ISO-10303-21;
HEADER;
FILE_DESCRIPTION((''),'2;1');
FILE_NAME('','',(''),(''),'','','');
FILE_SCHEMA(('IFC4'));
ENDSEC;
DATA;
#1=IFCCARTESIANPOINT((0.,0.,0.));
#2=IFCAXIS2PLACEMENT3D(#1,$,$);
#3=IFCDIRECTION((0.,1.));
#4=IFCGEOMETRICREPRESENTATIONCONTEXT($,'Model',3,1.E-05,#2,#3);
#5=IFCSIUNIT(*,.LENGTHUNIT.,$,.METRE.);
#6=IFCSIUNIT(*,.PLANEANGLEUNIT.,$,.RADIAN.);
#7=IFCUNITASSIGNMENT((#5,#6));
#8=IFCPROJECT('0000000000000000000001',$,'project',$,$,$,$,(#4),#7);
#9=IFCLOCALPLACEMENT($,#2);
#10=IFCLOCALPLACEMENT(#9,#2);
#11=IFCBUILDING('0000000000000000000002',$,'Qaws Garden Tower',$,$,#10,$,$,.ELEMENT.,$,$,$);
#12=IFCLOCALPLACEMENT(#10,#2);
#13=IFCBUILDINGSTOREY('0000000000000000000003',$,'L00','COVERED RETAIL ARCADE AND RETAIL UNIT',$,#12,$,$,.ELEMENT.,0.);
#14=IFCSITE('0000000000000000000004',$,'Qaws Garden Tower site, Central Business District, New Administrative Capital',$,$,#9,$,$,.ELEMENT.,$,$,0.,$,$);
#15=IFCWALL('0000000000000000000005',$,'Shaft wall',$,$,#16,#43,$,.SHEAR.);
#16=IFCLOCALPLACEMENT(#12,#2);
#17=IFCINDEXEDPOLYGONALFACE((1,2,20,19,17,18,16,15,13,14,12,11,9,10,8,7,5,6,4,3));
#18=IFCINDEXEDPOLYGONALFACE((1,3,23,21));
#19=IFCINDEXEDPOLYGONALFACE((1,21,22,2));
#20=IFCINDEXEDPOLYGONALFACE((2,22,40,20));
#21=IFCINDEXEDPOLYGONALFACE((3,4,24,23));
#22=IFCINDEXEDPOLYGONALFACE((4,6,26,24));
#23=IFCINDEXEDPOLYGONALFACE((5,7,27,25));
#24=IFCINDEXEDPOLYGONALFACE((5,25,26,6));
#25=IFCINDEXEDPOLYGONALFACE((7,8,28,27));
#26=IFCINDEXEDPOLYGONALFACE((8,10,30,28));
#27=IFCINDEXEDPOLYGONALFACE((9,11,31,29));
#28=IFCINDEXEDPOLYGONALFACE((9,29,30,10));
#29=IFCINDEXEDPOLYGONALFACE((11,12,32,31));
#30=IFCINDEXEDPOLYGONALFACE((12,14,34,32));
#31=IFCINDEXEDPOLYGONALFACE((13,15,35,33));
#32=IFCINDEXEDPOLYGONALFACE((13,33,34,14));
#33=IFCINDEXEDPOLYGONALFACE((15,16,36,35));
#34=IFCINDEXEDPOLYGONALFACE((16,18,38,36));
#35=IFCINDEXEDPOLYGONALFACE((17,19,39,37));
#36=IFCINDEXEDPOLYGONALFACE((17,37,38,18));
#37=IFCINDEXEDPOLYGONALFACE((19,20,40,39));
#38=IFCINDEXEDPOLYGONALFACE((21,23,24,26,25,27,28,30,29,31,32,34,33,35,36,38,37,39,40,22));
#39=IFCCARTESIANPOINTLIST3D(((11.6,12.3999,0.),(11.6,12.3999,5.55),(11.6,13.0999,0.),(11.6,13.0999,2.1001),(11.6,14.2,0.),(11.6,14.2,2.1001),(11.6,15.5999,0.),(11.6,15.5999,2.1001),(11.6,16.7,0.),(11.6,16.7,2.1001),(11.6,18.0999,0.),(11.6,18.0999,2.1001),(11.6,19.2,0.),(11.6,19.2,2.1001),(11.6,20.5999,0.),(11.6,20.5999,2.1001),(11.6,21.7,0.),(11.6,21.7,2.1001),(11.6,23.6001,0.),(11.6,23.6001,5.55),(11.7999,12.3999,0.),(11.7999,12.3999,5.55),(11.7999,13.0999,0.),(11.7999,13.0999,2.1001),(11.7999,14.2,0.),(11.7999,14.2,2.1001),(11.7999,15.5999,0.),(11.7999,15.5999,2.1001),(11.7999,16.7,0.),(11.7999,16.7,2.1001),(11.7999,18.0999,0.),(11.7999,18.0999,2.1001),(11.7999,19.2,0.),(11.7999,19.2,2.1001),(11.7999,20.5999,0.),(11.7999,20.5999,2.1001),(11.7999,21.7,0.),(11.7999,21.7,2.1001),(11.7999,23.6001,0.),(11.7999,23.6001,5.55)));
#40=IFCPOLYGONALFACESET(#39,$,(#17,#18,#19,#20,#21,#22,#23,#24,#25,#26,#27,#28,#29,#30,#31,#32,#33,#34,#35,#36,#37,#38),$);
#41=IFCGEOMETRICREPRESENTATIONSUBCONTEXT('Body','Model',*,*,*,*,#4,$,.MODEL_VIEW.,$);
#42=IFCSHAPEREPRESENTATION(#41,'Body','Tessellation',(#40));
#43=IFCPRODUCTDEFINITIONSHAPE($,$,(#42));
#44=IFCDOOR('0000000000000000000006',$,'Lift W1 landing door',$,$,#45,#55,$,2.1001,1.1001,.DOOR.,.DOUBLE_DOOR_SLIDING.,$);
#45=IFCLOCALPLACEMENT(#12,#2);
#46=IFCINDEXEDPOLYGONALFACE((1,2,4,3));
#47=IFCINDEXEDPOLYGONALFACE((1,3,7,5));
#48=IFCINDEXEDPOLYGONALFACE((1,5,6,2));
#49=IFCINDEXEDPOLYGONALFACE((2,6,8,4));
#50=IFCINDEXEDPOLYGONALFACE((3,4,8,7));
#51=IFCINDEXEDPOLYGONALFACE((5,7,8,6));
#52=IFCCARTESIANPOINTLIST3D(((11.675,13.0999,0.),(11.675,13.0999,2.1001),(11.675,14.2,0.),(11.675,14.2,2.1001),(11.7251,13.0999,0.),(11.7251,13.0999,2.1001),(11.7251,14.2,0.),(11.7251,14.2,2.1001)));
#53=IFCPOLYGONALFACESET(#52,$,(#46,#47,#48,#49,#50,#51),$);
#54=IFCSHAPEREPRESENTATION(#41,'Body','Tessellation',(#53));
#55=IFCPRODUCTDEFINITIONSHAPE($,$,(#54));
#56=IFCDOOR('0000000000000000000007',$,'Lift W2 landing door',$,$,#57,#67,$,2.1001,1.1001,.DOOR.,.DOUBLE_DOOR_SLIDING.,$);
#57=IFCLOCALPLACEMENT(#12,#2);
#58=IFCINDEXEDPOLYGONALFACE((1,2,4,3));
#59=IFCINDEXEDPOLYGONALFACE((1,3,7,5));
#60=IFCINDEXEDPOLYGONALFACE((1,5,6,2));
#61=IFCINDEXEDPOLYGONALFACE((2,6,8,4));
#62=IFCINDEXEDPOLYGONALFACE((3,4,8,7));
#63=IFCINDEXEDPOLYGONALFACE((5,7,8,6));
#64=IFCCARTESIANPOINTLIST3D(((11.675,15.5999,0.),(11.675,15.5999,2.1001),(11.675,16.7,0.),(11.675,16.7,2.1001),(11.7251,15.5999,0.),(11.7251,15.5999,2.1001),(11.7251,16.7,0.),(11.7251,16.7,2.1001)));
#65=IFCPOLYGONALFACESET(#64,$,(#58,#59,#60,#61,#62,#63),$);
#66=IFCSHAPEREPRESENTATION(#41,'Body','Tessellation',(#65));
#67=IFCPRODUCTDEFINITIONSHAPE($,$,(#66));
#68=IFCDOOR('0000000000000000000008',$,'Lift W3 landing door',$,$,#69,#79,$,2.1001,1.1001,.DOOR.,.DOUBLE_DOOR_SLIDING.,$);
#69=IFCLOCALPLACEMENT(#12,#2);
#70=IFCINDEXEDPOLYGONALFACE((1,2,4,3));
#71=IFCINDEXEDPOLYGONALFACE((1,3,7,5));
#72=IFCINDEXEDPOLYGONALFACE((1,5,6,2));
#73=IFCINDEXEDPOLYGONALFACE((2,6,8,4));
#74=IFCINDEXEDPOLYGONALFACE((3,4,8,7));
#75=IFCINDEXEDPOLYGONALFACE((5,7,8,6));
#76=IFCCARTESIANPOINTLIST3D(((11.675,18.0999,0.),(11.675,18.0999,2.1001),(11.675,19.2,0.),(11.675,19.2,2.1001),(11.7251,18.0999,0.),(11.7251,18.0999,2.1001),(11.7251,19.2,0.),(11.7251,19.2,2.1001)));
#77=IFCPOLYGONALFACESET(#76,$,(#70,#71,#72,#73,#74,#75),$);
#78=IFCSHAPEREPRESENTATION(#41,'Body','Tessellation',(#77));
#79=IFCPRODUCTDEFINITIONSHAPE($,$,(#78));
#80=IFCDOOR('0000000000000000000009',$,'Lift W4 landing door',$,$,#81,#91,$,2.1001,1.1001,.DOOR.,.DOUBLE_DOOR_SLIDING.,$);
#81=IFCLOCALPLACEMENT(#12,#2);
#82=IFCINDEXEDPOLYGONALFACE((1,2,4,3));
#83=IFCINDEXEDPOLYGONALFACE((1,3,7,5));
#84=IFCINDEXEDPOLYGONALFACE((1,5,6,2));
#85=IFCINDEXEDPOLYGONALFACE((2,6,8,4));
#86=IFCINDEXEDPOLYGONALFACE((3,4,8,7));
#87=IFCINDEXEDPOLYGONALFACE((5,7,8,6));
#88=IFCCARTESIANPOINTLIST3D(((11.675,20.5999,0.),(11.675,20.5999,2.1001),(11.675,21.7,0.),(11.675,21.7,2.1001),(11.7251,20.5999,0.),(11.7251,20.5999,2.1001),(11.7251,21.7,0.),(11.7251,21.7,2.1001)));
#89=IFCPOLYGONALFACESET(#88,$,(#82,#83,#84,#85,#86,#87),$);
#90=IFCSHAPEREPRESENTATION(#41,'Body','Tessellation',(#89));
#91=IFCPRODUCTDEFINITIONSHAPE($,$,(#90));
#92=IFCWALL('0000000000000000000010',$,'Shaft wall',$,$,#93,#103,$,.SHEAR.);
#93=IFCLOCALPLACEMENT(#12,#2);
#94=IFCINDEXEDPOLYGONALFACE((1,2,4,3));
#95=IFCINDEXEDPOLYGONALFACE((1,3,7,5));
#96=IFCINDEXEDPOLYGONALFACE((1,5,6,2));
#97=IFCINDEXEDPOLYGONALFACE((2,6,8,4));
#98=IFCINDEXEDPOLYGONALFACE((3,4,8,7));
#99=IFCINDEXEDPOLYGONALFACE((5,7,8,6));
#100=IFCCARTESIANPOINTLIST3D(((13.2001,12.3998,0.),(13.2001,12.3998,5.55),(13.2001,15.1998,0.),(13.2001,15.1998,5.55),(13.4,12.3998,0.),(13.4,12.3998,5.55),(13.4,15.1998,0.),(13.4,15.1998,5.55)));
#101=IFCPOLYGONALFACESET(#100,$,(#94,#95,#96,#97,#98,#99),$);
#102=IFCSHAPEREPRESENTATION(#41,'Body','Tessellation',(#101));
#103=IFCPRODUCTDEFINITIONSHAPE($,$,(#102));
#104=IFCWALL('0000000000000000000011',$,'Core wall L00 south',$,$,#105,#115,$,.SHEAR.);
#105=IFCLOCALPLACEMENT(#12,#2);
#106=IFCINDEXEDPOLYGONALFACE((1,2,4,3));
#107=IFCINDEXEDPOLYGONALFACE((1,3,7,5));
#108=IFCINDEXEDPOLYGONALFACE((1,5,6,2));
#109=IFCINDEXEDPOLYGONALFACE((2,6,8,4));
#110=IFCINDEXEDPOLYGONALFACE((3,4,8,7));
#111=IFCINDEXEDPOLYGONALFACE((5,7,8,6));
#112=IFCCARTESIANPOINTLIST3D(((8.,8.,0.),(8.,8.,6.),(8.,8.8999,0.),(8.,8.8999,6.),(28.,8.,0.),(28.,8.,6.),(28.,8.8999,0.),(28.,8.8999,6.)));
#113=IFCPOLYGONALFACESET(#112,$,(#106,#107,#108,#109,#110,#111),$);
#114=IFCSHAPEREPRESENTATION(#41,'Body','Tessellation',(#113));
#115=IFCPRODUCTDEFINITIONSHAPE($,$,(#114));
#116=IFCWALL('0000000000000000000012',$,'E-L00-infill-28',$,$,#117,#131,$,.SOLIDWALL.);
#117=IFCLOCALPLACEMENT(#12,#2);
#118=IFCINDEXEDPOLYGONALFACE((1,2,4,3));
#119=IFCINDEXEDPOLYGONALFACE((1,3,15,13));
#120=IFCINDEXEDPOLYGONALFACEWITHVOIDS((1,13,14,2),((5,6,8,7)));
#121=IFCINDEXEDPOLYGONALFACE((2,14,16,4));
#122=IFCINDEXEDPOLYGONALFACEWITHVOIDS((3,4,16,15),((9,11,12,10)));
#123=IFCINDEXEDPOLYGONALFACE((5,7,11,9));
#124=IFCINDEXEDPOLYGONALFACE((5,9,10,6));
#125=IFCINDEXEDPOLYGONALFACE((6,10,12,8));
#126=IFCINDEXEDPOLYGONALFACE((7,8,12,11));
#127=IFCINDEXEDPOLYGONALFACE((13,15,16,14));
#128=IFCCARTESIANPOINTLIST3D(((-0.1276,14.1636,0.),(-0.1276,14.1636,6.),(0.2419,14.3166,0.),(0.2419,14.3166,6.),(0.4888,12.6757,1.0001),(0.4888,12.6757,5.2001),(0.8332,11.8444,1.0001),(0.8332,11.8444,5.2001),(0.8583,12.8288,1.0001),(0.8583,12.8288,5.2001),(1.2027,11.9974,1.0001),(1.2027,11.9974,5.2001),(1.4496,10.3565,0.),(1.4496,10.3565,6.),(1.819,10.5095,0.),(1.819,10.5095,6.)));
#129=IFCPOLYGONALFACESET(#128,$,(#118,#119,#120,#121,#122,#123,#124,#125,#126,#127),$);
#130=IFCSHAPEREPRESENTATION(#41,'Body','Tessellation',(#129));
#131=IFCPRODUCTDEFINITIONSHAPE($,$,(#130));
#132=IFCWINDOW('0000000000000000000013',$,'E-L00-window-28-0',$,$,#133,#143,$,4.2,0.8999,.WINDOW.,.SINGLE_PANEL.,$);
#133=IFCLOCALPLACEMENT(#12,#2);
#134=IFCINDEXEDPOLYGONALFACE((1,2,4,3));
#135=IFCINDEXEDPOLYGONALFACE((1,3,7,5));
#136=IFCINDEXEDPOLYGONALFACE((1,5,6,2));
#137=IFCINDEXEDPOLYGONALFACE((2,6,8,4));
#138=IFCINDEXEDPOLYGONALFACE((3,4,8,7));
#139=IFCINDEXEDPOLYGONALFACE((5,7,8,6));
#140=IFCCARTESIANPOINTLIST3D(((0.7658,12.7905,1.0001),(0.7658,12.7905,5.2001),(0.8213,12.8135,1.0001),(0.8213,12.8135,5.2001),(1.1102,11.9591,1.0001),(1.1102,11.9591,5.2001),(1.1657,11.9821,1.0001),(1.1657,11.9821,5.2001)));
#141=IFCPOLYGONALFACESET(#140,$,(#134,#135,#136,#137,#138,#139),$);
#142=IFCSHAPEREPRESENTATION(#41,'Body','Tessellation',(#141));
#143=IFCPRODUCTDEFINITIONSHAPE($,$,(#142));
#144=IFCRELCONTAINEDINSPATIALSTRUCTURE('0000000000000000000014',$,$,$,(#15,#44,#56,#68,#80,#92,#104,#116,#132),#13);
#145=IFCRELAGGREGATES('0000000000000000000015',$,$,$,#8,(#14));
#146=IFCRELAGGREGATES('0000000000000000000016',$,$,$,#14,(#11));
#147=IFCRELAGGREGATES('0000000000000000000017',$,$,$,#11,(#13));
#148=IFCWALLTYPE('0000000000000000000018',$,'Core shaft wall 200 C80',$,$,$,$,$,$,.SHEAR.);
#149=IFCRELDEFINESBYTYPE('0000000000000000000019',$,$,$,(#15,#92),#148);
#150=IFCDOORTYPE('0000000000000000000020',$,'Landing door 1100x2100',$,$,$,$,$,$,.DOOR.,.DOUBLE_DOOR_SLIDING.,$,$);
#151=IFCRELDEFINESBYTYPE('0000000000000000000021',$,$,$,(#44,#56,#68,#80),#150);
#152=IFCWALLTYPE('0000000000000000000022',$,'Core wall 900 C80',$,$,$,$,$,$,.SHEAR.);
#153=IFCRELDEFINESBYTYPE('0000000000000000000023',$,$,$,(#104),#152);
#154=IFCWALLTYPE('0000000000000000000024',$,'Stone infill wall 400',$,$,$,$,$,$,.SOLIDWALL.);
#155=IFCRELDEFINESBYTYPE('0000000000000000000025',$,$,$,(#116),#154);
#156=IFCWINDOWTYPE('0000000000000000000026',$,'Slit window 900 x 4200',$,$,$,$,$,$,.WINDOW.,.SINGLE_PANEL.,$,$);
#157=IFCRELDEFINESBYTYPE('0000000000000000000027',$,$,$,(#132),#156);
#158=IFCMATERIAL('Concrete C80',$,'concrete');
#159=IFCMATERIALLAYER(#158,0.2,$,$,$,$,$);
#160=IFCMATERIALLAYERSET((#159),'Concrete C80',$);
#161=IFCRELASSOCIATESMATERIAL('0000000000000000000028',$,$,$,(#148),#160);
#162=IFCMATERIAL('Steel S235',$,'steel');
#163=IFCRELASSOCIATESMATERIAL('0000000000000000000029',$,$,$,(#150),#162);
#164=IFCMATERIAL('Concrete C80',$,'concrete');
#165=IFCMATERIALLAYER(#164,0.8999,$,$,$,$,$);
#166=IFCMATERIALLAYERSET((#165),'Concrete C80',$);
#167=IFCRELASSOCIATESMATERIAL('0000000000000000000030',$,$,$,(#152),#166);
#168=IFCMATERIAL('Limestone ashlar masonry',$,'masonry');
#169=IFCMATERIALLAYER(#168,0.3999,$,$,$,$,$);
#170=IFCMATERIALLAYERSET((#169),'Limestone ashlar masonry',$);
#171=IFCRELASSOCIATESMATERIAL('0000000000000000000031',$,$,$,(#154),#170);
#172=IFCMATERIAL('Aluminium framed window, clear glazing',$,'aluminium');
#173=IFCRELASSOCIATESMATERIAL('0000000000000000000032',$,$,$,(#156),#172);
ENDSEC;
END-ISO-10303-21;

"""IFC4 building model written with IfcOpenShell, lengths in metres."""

from ifc_helpers import new_model, si_unit, direction, frame, frame_2d, origin, place, context, subcontext, project, spatial, rectangle, extrude, material, layer, layer_set, type_object, element, fill, save


model = new_model("IFC4")

# Units and contexts
model_context = context("Model", 3, precision=1e-05, world=origin(), true_north=direction((0.0, 1.0)))
body_context = subcontext(model_context, "Body", "Model", "MODEL_VIEW")
ifc_project = project(units=[si_unit("LENGTHUNIT", "METRE"), si_unit("PLANEANGLEUNIT", "RADIAN")], contexts=[model_context])

# Site, building, storey
site_placement = place(None, origin())
site = spatial("IfcSite", under=ifc_project, at=site_placement, Name="Qaws Garden Tower site, Central Business District, New Administrative Capital", CompositionType="ELEMENT", RefElevation=0.0)
building_placement = place(site_placement, origin())
building = spatial("IfcBuilding", under=site, at=building_placement, Name="Qaws Garden Tower", CompositionType="ELEMENT")
storey_placement = place(building_placement, origin())
storey = spatial("IfcBuildingStorey", under=building, at=storey_placement, Name="L00", Description="COVERED RETAIL ARCADE AND RETAIL UNIT", CompositionType="ELEMENT", Elevation=0.0)

# Shared definitions
ifc_material_1 = material(Name="Concrete C80", Category="concrete")
ifc_layer_1 = layer(ifc_material_1, 0.2)
ifc_layer_set_1 = layer_set([ifc_layer_1], Name="Concrete C80")
wall_type_1 = type_object("IfcWallType", Name="Core shaft wall 200 C80", PredefinedType="SHEAR", material=ifc_layer_set_1)

# Wall, openings, doors
wall_1_placement = place(storey_placement, frame((11.7, 12.3999, 0.0), z_axis=(0.0, 0.0, 1.0), x_axis=(0.0, 1.0, 0.0)))
wall_1 = element("IfcWall", 1, at=wall_1_placement, inside=storey, type_object=wall_type_1, Name="Shaft wall", PredefinedType="SHEAR", context=body_context, shape_type="SweptSolid", body=[
    extrude(rectangle(XDim=11.2002, YDim=0.2, at=frame_2d((5.6001, 0.0))), origin(), (0.0, 0.0, 1.0), 5.55),
])
opening_1_placement = place(wall_1_placement, frame((0.7, 0.0, 0.0)))
opening_1 = element("IfcOpeningElement", 2, at=opening_1_placement, cuts=wall_1, PredefinedType="OPENING", context=body_context, shape_type="SweptSolid", body=[
    extrude(rectangle(XDim=1.1001, YDim=2.1001, at=frame_2d((0.55, 1.05))), frame((0.0, 0.1099, 0.0), z_axis=(0.0, -1.0, 0.0), x_axis=(1.0, 0.0, 0.0)), (0.0, 0.0, 1.0), 0.22),
])
opening_2_placement = place(wall_1_placement, frame((3.2, 0.0, 0.0)))
opening_2 = element("IfcOpeningElement", 3, at=opening_2_placement, cuts=wall_1, PredefinedType="OPENING", context=body_context, shape_type="SweptSolid", body=[
    extrude(rectangle(XDim=1.1001, YDim=2.1001, at=frame_2d((0.55, 1.05))), frame((0.0, 0.1099, 0.0), z_axis=(0.0, -1.0, 0.0), x_axis=(1.0, 0.0, 0.0)), (0.0, 0.0, 1.0), 0.22),
])
opening_3_placement = place(wall_1_placement, frame((5.7, 0.0, 0.0)))
opening_3 = element("IfcOpeningElement", 4, at=opening_3_placement, cuts=wall_1, PredefinedType="OPENING", context=body_context, shape_type="SweptSolid", body=[
    extrude(rectangle(XDim=1.1001, YDim=2.1001, at=frame_2d((0.55, 1.05))), frame((0.0, 0.1099, 0.0), z_axis=(0.0, -1.0, 0.0), x_axis=(1.0, 0.0, 0.0)), (0.0, 0.0, 1.0), 0.22),
])
opening_4_placement = place(wall_1_placement, frame((8.2, 0.0, 0.0)))
opening_4 = element("IfcOpeningElement", 5, at=opening_4_placement, cuts=wall_1, PredefinedType="OPENING", context=body_context, shape_type="SweptSolid", body=[
    extrude(rectangle(XDim=1.1001, YDim=2.1001, at=frame_2d((0.55, 1.05))), frame((0.0, 0.1099, 0.0), z_axis=(0.0, -1.0, 0.0), x_axis=(1.0, 0.0, 0.0)), (0.0, 0.0, 1.0), 0.22),
])
ifc_material_2 = material(Name="Steel S235", Category="steel")
door_type = type_object("IfcDoorType", Name="Landing door 1100x2100", OperationType="DOUBLE_DOOR_SLIDING", PredefinedType="DOOR", material=ifc_material_2)
door_1_placement = place(opening_1_placement, origin())
door_1 = element("IfcDoor", 6, at=door_1_placement, inside=storey, type_object=door_type, Name="Lift W1 landing door", OperationType="DOUBLE_DOOR_SLIDING", OverallHeight=2.1001, OverallWidth=1.1001, PredefinedType="DOOR", context=body_context, shape_type="SweptSolid", body=[
    extrude(rectangle(XDim=1.1001, YDim=2.1001, at=frame_2d((0.55, 1.05))), frame((0.0, 0.0249, 0.0), z_axis=(0.0, -1.0, 0.0), x_axis=(1.0, 0.0, 0.0)), (0.0, 0.0, 1.0), 0.05),
])
fill(opening_1, door_1)
door_2_placement = place(opening_2_placement, origin())
door_2 = element("IfcDoor", 7, at=door_2_placement, inside=storey, type_object=door_type, Name="Lift W2 landing door", OperationType="DOUBLE_DOOR_SLIDING", OverallHeight=2.1001, OverallWidth=1.1001, PredefinedType="DOOR", context=body_context, shape_type="SweptSolid", body=[
    extrude(rectangle(XDim=1.1001, YDim=2.1001, at=frame_2d((0.55, 1.05))), frame((0.0, 0.0249, 0.0), z_axis=(0.0, -1.0, 0.0), x_axis=(1.0, 0.0, 0.0)), (0.0, 0.0, 1.0), 0.05),
])
fill(opening_2, door_2)
door_3_placement = place(opening_3_placement, origin())
door_3 = element("IfcDoor", 8, at=door_3_placement, inside=storey, type_object=door_type, Name="Lift W3 landing door", OperationType="DOUBLE_DOOR_SLIDING", OverallHeight=2.1001, OverallWidth=1.1001, PredefinedType="DOOR", context=body_context, shape_type="SweptSolid", body=[
    extrude(rectangle(XDim=1.1001, YDim=2.1001, at=frame_2d((0.55, 1.05))), frame((0.0, 0.0249, 0.0), z_axis=(0.0, -1.0, 0.0), x_axis=(1.0, 0.0, 0.0)), (0.0, 0.0, 1.0), 0.05),
])
fill(opening_3, door_3)
door_4_placement = place(opening_4_placement, origin())
door_4 = element("IfcDoor", 9, at=door_4_placement, inside=storey, type_object=door_type, Name="Lift W4 landing door", OperationType="DOUBLE_DOOR_SLIDING", OverallHeight=2.1001, OverallWidth=1.1001, PredefinedType="DOOR", context=body_context, shape_type="SweptSolid", body=[
    extrude(rectangle(XDim=1.1001, YDim=2.1001, at=frame_2d((0.55, 1.05))), frame((0.0, 0.0249, 0.0), z_axis=(0.0, -1.0, 0.0), x_axis=(1.0, 0.0, 0.0)), (0.0, 0.0, 1.0), 0.05),
])
fill(opening_4, door_4)

# Walls
wall_2_placement = place(storey_placement, frame((13.3, 12.3999, 0.0), z_axis=(0.0, 0.0, 1.0), x_axis=(0.0, 1.0, 0.0)))
element("IfcWall", 10, at=wall_2_placement, inside=storey, type_object=wall_type_1, Name="Shaft wall", PredefinedType="SHEAR", context=body_context, shape_type="SweptSolid", body=[
    extrude(rectangle(XDim=2.8, YDim=0.2, at=frame_2d((1.3999, 0.0))), origin(), (0.0, 0.0, 1.0), 5.55),
])
ifc_material_3 = material(Name="Concrete C80", Category="concrete")
ifc_layer_2 = layer(ifc_material_3, 0.8999)
ifc_layer_set_2 = layer_set([ifc_layer_2], Name="Concrete C80")
wall_type_2 = type_object("IfcWallType", Name="Core wall 900 C80", PredefinedType="SHEAR", material=ifc_layer_set_2)
wall_3_placement = place(storey_placement, frame((8.0, 8.45, 0.0), z_axis=(0.0, 0.0, 1.0), x_axis=(1.0, 0.0, 0.0)))
element("IfcWall", 11, at=wall_3_placement, inside=storey, type_object=wall_type_2, Name="Core wall L00 south", PredefinedType="SHEAR", context=body_context, shape_type="SweptSolid", body=[
    extrude(rectangle(XDim=20.0, YDim=0.8999, at=frame_2d((10.0, 0.0))), origin(), (0.0, 0.0, 1.0), 6.0),
])

# Wall, opening, window
ifc_material_4 = material(Name="Limestone ashlar masonry", Category="masonry")
ifc_layer_3 = layer(ifc_material_4, 0.3999)
ifc_layer_set_3 = layer_set([ifc_layer_3], Name="Limestone ashlar masonry")
wall_type_3 = type_object("IfcWallType", Name="Stone infill wall 400", PredefinedType="SOLIDWALL", material=ifc_layer_set_3)
wall_4_placement = place(storey_placement, frame((0.0571, 14.2402, 0.0), z_axis=(0.0, 0.0, 1.0), x_axis=(0.382722, -0.923864, 0.0)))
wall_4 = element("IfcWall", 12, at=wall_4_placement, inside=storey, type_object=wall_type_3, Name="E-L00-infill-28", PredefinedType="SOLIDWALL", context=body_context, shape_type="SweptSolid", body=[
    extrude(rectangle(XDim=4.1208, YDim=0.3999, at=frame_2d((2.0605, 0.0))), origin(), (0.0, 0.0, 1.0), 6.0),
])
opening_5_placement = place(wall_4_placement, frame((1.6106, 0.0, 1.0)))
opening_5 = element("IfcOpeningElement", 13, at=opening_5_placement, cuts=wall_4, PredefinedType="OPENING", context=body_context, shape_type="SweptSolid", body=[
    extrude(rectangle(XDim=0.8999, YDim=4.2, at=frame_2d((0.45, 2.1001))), frame((0.0, 0.21, 0.0), z_axis=(0.0, -1.0, 0.0), x_axis=(1.0, 0.0, 0.0)), (0.0, 0.0, 1.0), 0.4199),
])
ifc_material_5 = material(Name="Aluminium framed window, clear glazing", Category="aluminium")
window_type = type_object("IfcWindowType", Name="Slit window 900 x 4200", PartitioningType="SINGLE_PANEL", PredefinedType="WINDOW", material=ifc_material_5)
window_1_placement = place(opening_5_placement, origin())
window_1 = element("IfcWindow", 14, at=window_1_placement, inside=storey, type_object=window_type, Name="E-L00-window-28-0", OverallHeight=4.2, OverallWidth=0.8999, PartitioningType="SINGLE_PANEL", PredefinedType="WINDOW", context=body_context, shape_type="SweptSolid", body=[
    extrude(rectangle(XDim=0.8999, YDim=4.2, at=frame_2d((0.45, 2.1001))), frame((0.0, 0.1599, 0.0), z_axis=(0.0, -1.0, 0.0), x_axis=(1.0, 0.0, 0.0)), (0.0, 0.0, 1.0), 0.0601),
])
fill(opening_5, window_1)

save(model, "model.ifc")
